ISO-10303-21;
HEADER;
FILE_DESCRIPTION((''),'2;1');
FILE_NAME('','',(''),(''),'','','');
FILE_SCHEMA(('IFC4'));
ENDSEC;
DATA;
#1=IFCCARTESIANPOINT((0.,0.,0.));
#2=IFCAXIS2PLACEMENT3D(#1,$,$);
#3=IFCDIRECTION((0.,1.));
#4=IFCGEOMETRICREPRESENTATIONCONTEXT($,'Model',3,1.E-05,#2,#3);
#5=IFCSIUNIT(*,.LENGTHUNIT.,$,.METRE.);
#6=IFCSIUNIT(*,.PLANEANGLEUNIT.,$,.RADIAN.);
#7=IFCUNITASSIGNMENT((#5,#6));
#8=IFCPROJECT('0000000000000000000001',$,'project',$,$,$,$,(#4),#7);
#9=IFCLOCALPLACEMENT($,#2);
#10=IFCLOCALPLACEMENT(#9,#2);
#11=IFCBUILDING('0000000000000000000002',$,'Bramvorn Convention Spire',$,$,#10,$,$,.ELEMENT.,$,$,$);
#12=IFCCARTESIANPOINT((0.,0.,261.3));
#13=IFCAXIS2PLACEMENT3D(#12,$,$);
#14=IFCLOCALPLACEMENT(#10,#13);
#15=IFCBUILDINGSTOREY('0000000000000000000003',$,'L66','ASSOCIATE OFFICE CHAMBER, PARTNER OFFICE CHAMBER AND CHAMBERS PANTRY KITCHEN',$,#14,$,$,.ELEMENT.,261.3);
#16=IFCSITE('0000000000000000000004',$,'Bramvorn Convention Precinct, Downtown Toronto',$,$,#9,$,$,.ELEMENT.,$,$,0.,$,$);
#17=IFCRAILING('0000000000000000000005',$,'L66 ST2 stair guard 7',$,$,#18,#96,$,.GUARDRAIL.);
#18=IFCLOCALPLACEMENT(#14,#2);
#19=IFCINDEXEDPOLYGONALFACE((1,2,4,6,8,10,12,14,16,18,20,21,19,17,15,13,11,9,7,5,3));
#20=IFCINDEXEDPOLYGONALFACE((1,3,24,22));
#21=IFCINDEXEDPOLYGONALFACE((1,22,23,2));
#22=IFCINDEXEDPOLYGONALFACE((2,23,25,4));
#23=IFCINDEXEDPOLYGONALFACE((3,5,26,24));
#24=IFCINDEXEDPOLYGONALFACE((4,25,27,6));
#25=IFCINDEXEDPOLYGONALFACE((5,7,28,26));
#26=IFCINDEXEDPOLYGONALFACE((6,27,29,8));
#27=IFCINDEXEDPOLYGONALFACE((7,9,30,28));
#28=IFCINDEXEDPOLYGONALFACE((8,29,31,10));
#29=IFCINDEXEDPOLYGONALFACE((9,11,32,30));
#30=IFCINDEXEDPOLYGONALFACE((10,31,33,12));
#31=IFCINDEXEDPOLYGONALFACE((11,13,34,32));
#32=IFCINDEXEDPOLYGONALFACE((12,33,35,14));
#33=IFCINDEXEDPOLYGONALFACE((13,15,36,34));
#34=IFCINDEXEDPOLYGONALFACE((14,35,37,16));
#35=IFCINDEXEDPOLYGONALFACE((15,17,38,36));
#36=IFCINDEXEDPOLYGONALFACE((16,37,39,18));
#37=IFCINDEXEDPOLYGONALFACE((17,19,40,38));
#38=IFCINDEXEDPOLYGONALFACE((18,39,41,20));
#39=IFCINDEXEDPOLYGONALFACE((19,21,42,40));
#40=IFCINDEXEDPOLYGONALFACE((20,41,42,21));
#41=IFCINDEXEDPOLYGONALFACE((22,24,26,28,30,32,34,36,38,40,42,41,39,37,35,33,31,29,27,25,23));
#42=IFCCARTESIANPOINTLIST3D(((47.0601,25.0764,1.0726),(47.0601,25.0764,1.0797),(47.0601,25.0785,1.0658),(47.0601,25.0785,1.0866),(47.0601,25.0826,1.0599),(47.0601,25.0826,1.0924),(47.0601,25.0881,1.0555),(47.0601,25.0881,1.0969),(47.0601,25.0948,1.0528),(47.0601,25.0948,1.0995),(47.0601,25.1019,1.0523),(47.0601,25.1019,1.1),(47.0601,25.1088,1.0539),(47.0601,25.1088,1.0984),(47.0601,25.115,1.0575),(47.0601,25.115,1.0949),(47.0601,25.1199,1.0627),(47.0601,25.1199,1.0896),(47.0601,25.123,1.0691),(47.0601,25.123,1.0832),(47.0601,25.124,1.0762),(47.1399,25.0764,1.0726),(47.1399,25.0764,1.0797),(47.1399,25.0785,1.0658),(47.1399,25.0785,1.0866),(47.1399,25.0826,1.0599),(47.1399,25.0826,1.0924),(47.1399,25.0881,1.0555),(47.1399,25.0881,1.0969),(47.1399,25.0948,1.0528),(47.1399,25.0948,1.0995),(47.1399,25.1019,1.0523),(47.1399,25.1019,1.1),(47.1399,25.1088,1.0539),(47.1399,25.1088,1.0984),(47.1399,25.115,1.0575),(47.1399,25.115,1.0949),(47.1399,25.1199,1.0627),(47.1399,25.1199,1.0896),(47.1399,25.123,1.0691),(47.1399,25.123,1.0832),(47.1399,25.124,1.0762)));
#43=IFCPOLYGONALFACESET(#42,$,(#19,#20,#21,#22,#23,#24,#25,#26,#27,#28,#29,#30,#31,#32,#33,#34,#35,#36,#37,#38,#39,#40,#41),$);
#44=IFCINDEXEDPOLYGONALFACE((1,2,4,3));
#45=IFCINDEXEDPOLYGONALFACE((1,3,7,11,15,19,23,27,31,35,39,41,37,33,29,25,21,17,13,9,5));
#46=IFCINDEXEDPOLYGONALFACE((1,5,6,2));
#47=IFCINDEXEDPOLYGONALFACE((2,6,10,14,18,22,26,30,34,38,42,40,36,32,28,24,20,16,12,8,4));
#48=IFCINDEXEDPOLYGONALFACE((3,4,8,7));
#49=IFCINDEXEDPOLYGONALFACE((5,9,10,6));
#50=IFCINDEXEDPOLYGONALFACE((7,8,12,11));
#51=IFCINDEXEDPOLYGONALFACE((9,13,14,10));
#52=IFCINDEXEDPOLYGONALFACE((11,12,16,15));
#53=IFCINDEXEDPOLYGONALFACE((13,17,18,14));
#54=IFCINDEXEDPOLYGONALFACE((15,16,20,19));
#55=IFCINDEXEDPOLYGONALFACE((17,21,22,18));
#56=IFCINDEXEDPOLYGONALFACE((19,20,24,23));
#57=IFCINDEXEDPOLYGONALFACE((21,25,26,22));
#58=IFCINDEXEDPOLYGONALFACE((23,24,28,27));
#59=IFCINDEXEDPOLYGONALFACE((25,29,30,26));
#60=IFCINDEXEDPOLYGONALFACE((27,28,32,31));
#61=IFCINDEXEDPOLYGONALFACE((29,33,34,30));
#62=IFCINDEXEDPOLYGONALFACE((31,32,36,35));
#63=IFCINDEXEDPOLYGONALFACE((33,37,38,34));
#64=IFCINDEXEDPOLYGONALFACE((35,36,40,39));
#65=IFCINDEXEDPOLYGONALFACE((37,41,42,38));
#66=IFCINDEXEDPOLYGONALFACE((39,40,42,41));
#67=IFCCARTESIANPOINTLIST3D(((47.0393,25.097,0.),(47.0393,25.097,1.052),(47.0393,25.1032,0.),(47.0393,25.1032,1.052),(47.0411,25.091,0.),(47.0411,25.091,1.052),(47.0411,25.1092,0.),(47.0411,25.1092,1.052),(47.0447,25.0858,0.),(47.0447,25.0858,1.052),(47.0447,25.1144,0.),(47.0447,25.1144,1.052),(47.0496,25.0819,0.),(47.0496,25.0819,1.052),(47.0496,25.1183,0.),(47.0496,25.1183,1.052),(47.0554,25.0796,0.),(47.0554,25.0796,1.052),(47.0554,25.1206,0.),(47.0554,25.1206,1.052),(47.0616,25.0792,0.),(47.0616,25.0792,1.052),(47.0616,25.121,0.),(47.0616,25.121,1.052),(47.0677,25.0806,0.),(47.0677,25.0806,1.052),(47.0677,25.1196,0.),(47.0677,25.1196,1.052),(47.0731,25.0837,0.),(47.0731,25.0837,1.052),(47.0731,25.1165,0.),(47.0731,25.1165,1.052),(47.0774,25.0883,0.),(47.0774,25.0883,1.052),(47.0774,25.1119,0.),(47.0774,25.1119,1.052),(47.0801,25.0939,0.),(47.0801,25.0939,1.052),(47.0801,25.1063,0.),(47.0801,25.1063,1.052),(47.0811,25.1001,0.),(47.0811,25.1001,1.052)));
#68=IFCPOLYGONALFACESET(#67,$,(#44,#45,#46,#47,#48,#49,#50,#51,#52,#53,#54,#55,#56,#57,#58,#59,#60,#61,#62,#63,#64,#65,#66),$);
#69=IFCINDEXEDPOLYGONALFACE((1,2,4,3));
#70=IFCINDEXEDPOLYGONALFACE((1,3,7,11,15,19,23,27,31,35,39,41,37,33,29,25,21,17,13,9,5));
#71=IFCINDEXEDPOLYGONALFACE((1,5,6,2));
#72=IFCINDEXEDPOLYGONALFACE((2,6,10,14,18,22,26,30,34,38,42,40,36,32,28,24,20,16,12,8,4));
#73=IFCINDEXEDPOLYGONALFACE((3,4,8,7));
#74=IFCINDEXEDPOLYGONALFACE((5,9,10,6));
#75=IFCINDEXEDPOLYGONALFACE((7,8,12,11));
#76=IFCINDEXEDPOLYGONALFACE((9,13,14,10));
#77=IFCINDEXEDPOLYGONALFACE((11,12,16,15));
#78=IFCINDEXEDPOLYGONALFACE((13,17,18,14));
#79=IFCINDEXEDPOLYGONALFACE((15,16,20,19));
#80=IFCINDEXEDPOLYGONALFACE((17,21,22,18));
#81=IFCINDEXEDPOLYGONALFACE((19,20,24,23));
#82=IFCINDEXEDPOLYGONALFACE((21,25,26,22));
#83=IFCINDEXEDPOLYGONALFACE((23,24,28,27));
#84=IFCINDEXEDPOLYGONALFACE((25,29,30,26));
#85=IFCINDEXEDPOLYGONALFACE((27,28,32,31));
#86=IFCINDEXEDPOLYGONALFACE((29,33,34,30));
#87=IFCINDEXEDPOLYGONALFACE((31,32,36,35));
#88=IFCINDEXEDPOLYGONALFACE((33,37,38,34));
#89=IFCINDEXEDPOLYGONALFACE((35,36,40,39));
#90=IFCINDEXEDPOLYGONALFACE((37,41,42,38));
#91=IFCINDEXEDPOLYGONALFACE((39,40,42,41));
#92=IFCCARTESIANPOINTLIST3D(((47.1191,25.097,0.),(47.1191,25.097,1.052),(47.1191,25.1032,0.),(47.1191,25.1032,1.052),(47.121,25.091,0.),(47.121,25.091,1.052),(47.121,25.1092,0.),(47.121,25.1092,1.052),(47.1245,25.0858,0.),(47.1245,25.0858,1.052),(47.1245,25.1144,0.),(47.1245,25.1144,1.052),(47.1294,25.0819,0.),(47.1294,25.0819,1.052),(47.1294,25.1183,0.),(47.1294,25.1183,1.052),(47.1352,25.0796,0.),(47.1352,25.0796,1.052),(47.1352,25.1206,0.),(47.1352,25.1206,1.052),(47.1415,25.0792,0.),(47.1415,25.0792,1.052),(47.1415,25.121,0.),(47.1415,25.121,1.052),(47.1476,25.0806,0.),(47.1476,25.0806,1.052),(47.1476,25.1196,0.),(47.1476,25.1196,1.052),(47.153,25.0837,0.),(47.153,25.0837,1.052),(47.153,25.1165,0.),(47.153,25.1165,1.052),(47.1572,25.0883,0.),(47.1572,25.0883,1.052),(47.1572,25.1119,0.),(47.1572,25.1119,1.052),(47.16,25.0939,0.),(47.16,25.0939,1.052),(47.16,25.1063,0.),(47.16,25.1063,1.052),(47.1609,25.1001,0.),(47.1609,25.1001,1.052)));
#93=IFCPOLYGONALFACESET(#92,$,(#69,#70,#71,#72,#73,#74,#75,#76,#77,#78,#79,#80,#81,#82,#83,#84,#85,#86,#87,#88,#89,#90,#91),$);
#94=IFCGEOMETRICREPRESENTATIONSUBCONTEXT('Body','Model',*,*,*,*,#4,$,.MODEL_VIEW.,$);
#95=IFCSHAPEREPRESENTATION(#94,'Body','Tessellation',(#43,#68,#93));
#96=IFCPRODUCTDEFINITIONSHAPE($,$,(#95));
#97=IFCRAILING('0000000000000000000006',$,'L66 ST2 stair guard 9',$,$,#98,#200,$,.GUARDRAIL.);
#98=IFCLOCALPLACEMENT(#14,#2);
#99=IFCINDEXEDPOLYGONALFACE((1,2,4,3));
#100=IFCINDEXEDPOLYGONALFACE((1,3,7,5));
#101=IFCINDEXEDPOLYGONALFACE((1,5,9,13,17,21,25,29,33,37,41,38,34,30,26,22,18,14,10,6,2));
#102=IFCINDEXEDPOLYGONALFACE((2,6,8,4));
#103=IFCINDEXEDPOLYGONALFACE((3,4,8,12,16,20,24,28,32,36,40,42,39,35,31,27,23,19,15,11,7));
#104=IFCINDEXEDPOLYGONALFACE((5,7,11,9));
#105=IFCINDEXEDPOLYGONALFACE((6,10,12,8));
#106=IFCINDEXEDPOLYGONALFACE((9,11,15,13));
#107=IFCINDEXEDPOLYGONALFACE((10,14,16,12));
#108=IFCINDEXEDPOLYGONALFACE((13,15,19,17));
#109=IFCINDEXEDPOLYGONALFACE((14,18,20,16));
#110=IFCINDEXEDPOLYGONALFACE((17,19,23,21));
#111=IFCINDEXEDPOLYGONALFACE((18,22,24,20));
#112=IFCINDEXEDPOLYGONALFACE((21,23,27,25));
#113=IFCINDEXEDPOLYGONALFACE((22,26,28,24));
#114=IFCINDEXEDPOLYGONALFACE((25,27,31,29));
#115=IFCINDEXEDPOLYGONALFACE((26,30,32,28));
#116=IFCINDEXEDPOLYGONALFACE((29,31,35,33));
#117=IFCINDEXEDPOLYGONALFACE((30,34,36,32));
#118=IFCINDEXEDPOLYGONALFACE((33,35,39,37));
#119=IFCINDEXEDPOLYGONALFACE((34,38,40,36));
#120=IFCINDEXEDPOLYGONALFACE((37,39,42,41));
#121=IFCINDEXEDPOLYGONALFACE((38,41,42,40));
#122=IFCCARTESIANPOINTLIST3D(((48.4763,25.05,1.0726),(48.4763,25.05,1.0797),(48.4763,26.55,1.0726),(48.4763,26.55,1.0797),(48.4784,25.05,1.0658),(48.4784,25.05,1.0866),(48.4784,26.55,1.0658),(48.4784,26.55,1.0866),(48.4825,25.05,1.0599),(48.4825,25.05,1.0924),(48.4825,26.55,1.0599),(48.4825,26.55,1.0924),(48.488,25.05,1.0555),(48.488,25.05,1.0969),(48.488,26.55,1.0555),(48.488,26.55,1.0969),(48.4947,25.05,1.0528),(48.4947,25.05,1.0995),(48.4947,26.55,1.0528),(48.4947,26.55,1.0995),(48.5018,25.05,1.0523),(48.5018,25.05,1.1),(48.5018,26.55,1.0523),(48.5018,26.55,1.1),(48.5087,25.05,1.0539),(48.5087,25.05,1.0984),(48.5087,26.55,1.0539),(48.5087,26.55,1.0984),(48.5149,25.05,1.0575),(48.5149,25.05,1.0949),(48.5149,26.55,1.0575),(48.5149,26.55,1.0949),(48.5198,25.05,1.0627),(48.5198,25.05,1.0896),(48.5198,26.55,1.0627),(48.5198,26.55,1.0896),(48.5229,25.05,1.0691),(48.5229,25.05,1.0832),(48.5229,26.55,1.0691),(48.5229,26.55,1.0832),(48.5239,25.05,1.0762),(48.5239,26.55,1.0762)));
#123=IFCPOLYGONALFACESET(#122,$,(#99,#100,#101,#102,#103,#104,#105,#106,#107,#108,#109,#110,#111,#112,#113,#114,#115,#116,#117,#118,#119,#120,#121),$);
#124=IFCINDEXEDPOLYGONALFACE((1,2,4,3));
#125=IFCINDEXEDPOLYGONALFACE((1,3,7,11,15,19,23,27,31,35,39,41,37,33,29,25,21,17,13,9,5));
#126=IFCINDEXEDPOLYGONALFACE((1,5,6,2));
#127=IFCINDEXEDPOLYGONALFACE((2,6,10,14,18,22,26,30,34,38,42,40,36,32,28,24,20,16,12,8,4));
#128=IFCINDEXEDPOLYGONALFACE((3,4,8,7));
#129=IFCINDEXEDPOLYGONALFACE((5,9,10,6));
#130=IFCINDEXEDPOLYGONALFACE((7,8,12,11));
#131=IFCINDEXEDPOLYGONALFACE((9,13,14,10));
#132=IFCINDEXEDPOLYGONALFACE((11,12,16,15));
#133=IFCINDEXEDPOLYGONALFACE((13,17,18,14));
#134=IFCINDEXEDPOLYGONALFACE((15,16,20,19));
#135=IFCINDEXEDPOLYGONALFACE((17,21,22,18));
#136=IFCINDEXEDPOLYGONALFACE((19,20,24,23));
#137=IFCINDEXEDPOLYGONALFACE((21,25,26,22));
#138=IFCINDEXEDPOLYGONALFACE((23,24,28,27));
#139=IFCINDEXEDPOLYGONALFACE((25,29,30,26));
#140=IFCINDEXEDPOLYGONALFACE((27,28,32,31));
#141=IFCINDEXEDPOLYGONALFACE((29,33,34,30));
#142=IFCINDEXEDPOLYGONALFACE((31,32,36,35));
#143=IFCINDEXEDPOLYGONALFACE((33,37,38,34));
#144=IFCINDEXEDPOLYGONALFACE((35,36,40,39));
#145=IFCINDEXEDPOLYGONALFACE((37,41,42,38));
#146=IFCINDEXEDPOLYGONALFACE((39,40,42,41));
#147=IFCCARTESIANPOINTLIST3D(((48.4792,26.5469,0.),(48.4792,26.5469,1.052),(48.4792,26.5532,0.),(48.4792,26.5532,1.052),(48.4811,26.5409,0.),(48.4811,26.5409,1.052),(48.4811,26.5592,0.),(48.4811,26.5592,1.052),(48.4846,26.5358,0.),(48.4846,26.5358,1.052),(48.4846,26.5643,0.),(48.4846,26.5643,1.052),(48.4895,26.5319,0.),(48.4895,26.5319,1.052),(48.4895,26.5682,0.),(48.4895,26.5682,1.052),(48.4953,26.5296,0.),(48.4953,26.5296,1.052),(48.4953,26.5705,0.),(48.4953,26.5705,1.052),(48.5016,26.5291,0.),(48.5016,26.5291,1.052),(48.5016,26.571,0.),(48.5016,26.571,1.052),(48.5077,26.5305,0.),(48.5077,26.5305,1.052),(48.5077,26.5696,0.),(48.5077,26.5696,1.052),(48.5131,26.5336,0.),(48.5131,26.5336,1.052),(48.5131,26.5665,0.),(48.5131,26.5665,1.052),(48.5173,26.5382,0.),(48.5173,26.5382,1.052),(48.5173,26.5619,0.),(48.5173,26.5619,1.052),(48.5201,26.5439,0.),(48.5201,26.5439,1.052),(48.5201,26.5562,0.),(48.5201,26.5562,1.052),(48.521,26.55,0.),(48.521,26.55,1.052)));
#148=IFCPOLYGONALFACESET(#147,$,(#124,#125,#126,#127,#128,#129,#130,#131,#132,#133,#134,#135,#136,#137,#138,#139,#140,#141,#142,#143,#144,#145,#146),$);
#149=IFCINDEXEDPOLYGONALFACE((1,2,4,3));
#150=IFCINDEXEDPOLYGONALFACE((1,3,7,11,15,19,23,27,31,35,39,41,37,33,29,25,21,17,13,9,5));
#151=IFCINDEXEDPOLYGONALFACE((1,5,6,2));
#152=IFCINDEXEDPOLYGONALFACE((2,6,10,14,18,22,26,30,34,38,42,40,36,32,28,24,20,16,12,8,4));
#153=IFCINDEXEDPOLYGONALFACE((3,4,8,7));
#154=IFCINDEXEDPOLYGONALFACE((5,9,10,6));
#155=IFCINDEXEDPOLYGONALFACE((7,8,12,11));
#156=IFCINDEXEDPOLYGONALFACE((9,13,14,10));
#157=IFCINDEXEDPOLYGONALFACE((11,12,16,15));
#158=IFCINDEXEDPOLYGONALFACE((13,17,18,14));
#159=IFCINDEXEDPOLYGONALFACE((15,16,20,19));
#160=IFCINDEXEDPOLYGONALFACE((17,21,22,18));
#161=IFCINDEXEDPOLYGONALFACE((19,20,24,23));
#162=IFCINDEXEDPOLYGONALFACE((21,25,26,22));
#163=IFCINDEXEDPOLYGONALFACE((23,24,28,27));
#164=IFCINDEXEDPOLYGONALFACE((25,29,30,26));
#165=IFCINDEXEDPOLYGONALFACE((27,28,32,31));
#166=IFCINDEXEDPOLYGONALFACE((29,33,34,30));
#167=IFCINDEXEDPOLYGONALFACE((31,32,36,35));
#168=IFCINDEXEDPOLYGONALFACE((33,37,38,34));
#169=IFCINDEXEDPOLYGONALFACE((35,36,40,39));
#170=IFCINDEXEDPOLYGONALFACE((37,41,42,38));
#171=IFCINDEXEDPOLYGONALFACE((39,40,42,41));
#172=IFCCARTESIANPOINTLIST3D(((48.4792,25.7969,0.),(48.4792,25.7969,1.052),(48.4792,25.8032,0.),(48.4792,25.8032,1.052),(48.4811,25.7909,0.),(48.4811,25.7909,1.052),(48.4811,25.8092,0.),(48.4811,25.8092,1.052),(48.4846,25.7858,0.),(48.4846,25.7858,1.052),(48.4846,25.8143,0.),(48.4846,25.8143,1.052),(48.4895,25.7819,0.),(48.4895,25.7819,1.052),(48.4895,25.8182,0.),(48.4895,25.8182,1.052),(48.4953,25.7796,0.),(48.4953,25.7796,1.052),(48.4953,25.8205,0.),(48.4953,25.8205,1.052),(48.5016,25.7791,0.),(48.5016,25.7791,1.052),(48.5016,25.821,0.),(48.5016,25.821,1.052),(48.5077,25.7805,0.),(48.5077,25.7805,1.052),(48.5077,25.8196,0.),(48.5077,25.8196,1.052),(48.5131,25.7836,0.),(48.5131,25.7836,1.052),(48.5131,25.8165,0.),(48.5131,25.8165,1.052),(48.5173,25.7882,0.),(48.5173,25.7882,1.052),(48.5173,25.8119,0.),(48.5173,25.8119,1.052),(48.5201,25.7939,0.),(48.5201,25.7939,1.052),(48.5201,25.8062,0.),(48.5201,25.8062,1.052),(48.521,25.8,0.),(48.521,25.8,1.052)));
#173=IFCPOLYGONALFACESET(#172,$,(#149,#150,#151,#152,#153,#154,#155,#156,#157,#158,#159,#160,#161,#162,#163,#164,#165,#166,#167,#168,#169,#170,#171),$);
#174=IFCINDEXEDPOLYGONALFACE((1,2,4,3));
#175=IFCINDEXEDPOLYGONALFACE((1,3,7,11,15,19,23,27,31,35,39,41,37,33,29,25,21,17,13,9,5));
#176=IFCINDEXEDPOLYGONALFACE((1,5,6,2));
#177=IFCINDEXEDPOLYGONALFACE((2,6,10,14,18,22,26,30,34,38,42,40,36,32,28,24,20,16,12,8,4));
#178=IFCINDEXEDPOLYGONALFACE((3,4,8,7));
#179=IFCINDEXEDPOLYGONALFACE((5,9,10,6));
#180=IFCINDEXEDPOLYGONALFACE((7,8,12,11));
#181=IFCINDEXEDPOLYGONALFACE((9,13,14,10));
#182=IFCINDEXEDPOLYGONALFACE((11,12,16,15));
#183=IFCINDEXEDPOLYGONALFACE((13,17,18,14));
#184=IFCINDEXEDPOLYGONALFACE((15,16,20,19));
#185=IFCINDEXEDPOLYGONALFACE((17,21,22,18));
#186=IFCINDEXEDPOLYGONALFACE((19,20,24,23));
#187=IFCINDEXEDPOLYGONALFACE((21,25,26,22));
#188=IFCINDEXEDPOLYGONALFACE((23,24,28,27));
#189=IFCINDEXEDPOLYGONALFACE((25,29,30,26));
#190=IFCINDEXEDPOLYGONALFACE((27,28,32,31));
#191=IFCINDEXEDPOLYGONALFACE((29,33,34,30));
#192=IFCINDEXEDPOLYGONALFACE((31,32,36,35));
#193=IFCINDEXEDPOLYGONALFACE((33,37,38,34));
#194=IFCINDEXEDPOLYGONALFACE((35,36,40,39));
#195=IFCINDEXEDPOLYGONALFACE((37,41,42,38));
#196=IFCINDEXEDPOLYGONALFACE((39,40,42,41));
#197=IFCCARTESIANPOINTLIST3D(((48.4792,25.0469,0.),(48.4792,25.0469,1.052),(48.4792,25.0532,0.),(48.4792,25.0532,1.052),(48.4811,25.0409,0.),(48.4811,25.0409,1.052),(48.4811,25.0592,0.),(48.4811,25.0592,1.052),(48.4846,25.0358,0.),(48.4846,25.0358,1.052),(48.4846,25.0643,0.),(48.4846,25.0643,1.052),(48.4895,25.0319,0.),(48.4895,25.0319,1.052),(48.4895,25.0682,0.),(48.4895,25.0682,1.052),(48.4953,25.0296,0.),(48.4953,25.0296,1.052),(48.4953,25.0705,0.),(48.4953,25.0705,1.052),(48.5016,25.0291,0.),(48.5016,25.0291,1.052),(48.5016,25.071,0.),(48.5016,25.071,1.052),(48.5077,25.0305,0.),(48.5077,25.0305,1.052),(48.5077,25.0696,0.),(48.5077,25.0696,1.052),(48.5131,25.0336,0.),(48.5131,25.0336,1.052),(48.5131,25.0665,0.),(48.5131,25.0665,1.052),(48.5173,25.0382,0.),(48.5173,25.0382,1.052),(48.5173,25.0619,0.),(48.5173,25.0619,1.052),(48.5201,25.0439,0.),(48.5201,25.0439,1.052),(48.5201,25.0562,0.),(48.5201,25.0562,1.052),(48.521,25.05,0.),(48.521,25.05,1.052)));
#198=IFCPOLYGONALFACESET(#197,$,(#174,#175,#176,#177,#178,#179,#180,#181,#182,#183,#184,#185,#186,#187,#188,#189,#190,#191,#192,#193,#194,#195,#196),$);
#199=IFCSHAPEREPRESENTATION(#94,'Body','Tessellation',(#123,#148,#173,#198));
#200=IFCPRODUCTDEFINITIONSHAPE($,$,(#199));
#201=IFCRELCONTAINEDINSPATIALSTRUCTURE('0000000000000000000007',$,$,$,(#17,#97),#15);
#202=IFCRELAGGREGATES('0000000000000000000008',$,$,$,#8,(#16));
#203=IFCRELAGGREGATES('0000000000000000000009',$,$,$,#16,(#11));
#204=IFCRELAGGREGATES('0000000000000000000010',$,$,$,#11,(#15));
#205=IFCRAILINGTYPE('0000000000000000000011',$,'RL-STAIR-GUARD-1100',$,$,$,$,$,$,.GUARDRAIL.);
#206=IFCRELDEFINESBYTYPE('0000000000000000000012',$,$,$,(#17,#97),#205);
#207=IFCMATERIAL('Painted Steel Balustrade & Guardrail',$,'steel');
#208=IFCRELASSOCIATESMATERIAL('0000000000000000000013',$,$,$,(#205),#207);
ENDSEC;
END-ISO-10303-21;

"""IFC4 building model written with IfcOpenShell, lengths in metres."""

from ifc_helpers import new_model, si_unit, direction, frame, origin, origin_2d, place, context, subcontext, project, spatial, circle, extrude, material, type_object, element, save


model = new_model("IFC4")

# Units and contexts
model_context = context("Model", 3, precision=1e-05, world=origin(), true_north=direction((0.0, 1.0)))
body_context = subcontext(model_context, "Body", "Model", "MODEL_VIEW")
ifc_project = project(units=[si_unit("LENGTHUNIT", "METRE"), si_unit("PLANEANGLEUNIT", "RADIAN")], contexts=[model_context])

# Site, building, storey
site_placement = place(None, origin())
site = spatial("IfcSite", under=ifc_project, at=site_placement, Name="Bramvorn Convention Precinct, Downtown Toronto", CompositionType="ELEMENT", RefElevation=0.0)
building_placement = place(site_placement, origin())
building = spatial("IfcBuilding", under=site, at=building_placement, Name="Bramvorn Convention Spire", CompositionType="ELEMENT")
storey_placement = place(building_placement, frame((0.0, 0.0, 261.3)))
storey = spatial("IfcBuildingStorey", under=building, at=storey_placement, Name="L66", Description="ASSOCIATE OFFICE CHAMBER, PARTNER OFFICE CHAMBER AND CHAMBERS PANTRY KITCHEN", CompositionType="ELEMENT", Elevation=261.3)

# Railings
ifc_material_1 = material(Name="Painted Steel Balustrade & Guardrail", Category="steel")
railing_type_1 = type_object("IfcRailingType", Name="RL-STAIR-GUARD-1100", PredefinedType="GUARDRAIL", material=ifc_material_1)
railing_1_placement = place(storey_placement, frame((47.0601, 25.1001, 0.0)))
element("IfcRailing", 1, at=railing_1_placement, inside=storey, type_object=railing_type_1, Name="L66 ST2 stair guard 7", PredefinedType="GUARDRAIL", context=body_context, shape_type="SweptSolid", body=[
    extrude(circle(Radius=0.0239, at=origin_2d()), frame((0.0, 0.0, 1.0762), z_axis=(1.0, 0.0, 0.0), x_axis=(0.0, 1.0, 0.0)), (0.0, 0.0, 1.0), 0.0798),
    extrude(circle(Radius=0.021, at=origin_2d()), origin(), (0.0, 0.0, 1.0), 1.052),
    extrude(circle(Radius=0.021, at=origin_2d()), frame((0.0798, 0.0, 0.0)), (0.0, 0.0, 1.0), 1.052),
])
railing_2_placement = place(storey_placement, frame((48.5, 26.55, 0.0)))
element("IfcRailing", 2, at=railing_2_placement, inside=storey, type_object=railing_type_1, Name="L66 ST2 stair guard 9", PredefinedType="GUARDRAIL", context=body_context, shape_type="SweptSolid", body=[
    extrude(circle(Radius=0.0239, at=origin_2d()), frame((0.0, 0.0, 1.0762), z_axis=(0.0, -1.0, 0.0), x_axis=(1.0, 0.0, 0.0)), (0.0, 0.0, 1.0), 1.5),
    extrude(circle(Radius=0.021, at=origin_2d()), origin(), (0.0, 0.0, 1.0), 1.052),
    extrude(circle(Radius=0.021, at=origin_2d()), frame((0.0, -0.75, 0.0)), (0.0, 0.0, 1.0), 1.052),
    extrude(circle(Radius=0.021, at=origin_2d()), frame((0.0, -1.5, 0.0)), (0.0, 0.0, 1.0), 1.052),
])

save(model, "model.ifc")
